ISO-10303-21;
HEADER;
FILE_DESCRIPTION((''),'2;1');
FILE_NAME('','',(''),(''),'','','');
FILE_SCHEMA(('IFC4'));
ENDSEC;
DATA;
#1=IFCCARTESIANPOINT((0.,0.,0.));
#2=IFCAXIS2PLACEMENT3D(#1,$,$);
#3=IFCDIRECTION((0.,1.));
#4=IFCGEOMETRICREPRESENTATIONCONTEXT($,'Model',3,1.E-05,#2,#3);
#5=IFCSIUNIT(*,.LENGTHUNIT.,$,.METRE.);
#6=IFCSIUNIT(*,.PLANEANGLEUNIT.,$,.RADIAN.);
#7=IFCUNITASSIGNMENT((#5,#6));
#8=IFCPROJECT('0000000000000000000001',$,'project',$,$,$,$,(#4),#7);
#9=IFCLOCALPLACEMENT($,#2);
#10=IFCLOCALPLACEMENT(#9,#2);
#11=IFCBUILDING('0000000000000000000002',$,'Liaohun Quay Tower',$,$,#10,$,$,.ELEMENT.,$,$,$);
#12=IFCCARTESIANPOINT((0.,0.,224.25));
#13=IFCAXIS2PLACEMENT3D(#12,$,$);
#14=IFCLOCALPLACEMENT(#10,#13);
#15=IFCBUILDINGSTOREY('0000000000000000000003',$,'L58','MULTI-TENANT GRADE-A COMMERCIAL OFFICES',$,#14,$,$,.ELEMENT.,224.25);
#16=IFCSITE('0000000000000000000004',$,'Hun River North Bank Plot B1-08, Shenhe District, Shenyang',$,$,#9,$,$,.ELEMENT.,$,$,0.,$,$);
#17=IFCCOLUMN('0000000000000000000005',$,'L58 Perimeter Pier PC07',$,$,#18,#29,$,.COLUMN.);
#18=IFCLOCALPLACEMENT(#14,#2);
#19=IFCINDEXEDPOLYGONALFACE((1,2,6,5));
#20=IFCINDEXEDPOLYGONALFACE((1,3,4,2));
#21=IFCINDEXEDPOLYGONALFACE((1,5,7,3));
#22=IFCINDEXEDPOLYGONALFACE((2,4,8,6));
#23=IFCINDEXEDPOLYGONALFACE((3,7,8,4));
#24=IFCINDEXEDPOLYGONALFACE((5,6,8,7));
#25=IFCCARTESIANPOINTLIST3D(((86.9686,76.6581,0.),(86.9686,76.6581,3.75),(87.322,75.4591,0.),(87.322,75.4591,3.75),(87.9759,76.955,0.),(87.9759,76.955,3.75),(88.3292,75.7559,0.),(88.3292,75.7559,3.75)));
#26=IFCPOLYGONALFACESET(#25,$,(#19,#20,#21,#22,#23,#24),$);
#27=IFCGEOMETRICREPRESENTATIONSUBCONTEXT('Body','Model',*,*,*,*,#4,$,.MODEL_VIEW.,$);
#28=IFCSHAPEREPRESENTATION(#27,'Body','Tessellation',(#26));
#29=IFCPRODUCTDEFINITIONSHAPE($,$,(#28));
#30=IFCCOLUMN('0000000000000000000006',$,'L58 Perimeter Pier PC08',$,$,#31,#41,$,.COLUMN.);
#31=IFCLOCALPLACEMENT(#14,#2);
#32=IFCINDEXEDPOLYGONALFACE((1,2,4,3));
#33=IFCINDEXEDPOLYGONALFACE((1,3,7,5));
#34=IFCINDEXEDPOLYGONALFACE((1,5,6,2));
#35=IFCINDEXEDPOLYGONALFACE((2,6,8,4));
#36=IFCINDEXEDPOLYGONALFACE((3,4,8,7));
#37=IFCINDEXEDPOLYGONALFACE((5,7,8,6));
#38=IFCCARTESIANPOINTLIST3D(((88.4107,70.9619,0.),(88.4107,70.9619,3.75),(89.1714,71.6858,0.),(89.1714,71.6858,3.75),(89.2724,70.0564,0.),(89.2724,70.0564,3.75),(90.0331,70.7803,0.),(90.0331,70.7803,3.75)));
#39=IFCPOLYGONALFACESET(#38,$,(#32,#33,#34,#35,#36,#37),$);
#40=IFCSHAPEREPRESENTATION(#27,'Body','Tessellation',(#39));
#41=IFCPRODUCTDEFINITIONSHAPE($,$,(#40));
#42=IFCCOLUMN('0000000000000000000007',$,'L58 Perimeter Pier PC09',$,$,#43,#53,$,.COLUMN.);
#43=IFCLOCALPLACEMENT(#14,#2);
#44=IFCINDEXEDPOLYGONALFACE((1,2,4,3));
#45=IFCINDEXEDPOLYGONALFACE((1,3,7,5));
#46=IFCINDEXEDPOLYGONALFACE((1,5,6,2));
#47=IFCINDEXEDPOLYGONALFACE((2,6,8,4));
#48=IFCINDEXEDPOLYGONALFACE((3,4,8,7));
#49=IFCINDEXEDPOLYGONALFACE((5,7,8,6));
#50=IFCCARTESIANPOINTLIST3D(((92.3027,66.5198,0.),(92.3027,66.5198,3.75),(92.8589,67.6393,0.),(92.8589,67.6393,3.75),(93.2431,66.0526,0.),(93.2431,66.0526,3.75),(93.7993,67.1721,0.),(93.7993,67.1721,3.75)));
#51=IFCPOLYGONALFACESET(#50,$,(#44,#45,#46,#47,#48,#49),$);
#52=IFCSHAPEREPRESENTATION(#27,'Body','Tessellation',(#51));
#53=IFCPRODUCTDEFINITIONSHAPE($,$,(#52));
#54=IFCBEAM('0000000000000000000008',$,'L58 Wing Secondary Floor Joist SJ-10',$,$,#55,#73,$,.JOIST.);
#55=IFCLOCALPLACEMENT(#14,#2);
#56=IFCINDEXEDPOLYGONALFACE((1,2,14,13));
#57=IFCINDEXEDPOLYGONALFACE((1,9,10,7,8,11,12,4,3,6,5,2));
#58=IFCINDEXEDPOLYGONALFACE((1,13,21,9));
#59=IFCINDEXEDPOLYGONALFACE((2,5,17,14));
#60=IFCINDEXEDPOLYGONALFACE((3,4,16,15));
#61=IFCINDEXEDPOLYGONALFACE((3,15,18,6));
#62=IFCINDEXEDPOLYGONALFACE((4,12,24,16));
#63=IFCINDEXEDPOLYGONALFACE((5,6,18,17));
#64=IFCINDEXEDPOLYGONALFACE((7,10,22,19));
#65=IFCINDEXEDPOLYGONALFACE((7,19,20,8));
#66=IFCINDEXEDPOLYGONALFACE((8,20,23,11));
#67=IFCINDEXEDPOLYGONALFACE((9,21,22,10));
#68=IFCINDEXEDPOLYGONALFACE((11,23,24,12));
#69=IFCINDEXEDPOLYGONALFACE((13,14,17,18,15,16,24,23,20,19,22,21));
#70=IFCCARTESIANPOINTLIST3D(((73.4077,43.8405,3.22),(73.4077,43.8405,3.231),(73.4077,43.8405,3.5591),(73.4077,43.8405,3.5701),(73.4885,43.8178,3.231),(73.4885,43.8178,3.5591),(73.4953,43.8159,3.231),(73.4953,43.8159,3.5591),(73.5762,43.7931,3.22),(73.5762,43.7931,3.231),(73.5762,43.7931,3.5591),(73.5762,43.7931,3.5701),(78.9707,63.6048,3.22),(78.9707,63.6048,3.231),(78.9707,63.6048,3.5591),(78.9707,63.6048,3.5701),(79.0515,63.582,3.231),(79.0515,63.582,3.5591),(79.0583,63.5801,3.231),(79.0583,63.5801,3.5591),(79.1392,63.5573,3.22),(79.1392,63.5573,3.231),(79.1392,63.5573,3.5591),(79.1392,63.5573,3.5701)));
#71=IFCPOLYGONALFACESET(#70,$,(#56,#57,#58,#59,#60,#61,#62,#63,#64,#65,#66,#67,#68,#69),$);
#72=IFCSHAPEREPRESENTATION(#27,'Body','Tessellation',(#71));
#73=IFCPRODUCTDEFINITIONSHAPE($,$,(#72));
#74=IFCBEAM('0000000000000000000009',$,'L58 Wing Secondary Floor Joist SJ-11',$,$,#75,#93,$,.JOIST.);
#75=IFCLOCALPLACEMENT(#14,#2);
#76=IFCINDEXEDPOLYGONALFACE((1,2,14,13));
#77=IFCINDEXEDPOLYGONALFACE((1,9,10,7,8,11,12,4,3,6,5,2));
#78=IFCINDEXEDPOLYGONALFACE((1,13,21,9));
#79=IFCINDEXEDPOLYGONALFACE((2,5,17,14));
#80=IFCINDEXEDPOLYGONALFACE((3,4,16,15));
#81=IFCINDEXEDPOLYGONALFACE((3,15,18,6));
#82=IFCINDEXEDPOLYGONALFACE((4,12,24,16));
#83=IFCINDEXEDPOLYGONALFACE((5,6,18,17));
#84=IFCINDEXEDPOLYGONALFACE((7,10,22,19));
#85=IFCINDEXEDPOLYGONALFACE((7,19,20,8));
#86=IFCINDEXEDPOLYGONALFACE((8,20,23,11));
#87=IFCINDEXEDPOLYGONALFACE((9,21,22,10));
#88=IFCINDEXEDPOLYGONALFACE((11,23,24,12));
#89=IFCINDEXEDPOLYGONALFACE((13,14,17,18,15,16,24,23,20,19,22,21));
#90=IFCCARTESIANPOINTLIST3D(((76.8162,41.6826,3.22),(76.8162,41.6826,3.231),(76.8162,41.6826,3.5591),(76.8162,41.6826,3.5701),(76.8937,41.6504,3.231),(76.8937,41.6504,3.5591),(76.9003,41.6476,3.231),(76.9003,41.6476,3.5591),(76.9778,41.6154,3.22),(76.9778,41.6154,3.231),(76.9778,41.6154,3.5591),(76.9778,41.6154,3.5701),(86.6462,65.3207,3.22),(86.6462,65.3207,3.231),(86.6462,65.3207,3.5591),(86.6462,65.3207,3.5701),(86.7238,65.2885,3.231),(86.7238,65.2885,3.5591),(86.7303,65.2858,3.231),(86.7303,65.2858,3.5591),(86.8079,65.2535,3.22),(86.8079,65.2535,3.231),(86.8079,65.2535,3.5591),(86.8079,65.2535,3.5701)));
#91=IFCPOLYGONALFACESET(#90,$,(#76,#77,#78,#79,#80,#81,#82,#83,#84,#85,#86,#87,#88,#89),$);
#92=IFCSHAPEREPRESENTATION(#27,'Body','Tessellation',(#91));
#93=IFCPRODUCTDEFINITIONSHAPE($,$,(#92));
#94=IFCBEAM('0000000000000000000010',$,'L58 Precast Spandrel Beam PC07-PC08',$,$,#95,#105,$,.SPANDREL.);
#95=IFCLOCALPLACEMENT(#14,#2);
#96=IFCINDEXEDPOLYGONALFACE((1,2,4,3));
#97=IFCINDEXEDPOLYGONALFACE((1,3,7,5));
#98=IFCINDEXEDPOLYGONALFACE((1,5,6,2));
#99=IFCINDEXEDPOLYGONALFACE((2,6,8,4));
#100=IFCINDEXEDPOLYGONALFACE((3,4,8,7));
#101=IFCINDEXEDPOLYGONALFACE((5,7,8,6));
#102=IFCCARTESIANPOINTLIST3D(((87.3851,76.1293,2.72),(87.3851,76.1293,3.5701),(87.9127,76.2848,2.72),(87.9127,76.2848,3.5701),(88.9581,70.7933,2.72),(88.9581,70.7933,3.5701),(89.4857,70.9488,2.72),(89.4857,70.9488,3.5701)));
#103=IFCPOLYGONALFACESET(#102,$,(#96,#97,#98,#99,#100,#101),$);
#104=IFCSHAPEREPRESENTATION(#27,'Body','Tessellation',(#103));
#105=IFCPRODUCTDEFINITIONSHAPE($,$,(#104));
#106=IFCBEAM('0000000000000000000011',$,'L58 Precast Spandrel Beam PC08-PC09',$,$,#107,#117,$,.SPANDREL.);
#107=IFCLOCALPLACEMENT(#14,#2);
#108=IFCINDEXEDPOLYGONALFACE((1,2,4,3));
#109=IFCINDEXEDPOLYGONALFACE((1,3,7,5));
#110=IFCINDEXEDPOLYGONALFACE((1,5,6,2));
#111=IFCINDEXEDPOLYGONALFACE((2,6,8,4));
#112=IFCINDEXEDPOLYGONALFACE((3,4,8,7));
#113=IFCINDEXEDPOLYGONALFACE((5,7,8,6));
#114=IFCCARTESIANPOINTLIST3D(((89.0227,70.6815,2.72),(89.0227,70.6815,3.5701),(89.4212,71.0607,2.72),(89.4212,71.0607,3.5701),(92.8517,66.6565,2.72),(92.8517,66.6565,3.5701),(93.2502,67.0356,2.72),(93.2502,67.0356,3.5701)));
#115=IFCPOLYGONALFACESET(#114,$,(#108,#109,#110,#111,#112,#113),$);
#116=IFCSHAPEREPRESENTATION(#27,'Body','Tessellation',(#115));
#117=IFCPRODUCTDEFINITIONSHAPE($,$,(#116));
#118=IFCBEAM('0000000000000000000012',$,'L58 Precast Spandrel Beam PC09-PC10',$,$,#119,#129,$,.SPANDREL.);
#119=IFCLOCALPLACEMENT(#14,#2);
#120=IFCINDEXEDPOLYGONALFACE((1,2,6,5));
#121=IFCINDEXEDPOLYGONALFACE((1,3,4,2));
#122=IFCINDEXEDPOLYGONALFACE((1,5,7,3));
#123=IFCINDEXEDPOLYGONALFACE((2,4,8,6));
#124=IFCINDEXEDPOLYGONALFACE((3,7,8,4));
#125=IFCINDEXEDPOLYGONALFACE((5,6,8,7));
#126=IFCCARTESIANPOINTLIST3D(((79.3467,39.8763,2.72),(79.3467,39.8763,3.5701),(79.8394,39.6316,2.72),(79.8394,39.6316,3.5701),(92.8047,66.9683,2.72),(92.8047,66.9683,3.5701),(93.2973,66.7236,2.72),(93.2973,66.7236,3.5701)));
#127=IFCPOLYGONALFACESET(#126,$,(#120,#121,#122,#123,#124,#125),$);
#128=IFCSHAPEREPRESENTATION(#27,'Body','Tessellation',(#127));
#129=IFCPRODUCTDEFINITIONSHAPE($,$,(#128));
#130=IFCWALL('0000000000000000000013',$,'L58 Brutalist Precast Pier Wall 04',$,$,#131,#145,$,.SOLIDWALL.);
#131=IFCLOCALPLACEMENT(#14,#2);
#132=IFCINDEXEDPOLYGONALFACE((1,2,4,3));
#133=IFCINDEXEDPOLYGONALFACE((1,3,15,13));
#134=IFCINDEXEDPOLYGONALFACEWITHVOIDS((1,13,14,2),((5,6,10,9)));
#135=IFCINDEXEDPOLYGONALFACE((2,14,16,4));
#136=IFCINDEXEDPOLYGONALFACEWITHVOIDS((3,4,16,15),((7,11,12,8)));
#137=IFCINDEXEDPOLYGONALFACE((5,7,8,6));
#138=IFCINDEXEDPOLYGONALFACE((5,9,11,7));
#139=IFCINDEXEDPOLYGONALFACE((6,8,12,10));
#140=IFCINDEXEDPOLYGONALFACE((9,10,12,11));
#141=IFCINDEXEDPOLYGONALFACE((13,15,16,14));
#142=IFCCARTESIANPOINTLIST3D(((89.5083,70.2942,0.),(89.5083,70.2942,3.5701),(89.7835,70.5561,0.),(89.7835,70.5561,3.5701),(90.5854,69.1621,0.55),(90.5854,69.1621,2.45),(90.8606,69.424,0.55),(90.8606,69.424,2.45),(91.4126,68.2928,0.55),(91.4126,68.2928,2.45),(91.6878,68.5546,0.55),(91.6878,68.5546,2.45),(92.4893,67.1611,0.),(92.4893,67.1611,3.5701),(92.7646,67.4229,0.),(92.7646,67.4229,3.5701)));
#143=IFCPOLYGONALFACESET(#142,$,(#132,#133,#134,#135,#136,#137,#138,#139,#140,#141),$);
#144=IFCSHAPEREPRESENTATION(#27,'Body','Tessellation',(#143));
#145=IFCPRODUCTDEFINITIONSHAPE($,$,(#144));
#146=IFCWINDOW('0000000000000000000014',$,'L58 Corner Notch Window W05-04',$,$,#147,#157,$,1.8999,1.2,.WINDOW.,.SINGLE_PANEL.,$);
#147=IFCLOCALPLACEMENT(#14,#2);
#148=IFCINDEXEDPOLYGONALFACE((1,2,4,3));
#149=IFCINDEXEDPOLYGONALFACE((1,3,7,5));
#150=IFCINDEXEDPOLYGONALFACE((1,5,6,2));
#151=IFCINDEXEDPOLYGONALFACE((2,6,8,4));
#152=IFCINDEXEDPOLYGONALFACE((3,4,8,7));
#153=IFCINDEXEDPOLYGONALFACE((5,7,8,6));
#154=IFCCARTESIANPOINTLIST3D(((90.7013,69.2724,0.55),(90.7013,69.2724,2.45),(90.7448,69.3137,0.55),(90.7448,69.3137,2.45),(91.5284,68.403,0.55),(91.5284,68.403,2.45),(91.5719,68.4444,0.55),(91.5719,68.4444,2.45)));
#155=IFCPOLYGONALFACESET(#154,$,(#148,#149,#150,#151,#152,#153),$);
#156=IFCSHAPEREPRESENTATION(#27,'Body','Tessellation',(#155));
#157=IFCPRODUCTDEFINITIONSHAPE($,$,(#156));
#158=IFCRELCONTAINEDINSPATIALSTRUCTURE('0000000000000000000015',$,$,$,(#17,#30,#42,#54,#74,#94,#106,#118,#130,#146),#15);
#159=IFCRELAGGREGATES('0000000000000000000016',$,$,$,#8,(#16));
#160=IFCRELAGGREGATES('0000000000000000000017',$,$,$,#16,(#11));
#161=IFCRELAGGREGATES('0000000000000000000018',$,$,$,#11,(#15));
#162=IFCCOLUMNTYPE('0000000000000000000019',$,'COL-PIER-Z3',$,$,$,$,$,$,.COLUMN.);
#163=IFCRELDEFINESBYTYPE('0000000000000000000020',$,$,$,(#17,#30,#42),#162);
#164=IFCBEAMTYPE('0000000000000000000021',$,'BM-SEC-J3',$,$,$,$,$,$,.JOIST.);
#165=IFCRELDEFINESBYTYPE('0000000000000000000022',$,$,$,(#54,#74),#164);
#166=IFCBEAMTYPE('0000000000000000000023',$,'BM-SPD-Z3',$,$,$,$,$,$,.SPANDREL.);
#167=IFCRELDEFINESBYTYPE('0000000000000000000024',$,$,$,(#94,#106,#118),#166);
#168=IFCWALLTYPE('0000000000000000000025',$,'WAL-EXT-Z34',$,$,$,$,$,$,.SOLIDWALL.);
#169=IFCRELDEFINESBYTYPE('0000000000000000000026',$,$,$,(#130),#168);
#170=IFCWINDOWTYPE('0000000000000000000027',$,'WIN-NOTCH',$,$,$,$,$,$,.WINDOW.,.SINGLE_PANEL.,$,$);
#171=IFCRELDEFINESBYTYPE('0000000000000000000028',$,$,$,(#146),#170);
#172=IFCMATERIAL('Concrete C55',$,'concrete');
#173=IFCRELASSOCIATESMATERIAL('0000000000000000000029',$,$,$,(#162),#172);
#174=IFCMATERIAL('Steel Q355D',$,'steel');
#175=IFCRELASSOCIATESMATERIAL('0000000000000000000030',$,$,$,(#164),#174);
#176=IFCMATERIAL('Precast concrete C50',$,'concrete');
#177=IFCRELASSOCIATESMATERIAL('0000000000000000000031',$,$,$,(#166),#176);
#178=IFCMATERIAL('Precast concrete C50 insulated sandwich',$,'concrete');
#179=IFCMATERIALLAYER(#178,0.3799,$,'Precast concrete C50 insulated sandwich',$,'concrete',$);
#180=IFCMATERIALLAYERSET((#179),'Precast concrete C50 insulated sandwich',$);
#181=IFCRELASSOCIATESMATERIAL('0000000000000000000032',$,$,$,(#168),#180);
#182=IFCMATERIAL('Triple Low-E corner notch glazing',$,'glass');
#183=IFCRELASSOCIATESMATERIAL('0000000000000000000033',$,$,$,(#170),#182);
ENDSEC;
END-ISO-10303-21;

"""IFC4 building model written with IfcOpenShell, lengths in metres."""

from ifc_helpers import new_model, si_unit, direction, frame, frame_2d, origin, origin_2d, place, context, subcontext, project, spatial, rectangle, i_section, extrude, source, transform, mapped, material, layer, layer_set, material_profile, profile_set, type_object, element, fill, save


model = new_model("IFC4")

# Units and contexts
model_context = context("Model", 3, precision=1e-05, world=origin(), true_north=direction((0.0, 1.0)))
body_context = subcontext(model_context, "Body", "Model", "MODEL_VIEW")
ifc_project = project(units=[si_unit("LENGTHUNIT", "METRE"), si_unit("PLANEANGLEUNIT", "RADIAN")], contexts=[model_context])

# Site, building, storey
site_placement = place(None, origin())
site = spatial("IfcSite", under=ifc_project, at=site_placement, Name="Hun River North Bank Plot B1-08, Shenhe District, Shenyang", CompositionType="ELEMENT", RefElevation=0.0)
building_placement = place(site_placement, origin())
building = spatial("IfcBuilding", under=site, at=building_placement, Name="Liaohun Quay Tower", CompositionType="ELEMENT")
storey_placement = place(building_placement, frame((0.0, 0.0, 224.25)))
storey = spatial("IfcBuildingStorey", under=building, at=storey_placement, Name="L58", Description="MULTI-TENANT GRADE-A COMMERCIAL OFFICES", CompositionType="ELEMENT", Elevation=224.25)

# Columns
ifc_material_1 = material(Name="Concrete C55", Category="concrete")
ifc_material_profile_1 = material_profile(ifc_material_1, rectangle(XDim=1.25, YDim=1.05, at=origin_2d()), Name="RC1250x1050")
ifc_profile_set_1 = profile_set([ifc_material_profile_1], Name="Concrete C55")
column_type = type_object("IfcColumnType", Name="COL-PIER-Z3", PredefinedType="COLUMN", material=ifc_profile_set_1)
shared_shape_1 = source(origin(), body_context, "Body", "SweptSolid", [
    extrude(rectangle(XDim=1.25, YDim=1.05, at=origin_2d()), origin(), (0.0, 0.0, 1.0), 3.75),
])
for number, where, z_axis, x_axis, name in (
    (1, (87.6489, 76.207, 0.0), (0.0, 0.0, 1.0), (-0.282676, 0.959215, 0.0), "L58 Perimeter Pier PC07"),
    (2, (89.2219, 70.8711, 0.0), (0.0, 0.0, 1.0), (-0.689367, 0.724413, 0.0), "L58 Perimeter Pier PC08"),
    (3, (93.051, 66.8459, 0.0), (0.0, 0.0, 1.0), (0.444948, 0.895556, 0.0), "L58 Perimeter Pier PC09"),
):
    element("IfcColumn", number, at=place(storey_placement, frame(where, z_axis=z_axis, x_axis=x_axis)), inside=storey, type_object=column_type, Name=name, PredefinedType="COLUMN", context=body_context, shape_type="MappedRepresentation", body=[
        mapped(shared_shape_1, transform((0.0, 0.0, 0.0), x_axis=(1.0, 0.0, 0.0), y_axis=(0.0, 1.0, 0.0), z_axis=(0.0, 0.0, 1.0), scale=1.0)),
    ])

# Beams
ifc_material_2 = material(Name="Steel Q355D", Category="steel")
ifc_material_profile_2 = material_profile(ifc_material_2, i_section(OverallWidth=0.175, OverallDepth=0.3501, WebThickness=0.0071, FlangeThickness=0.011, at=origin_2d()), Name="HN350x175x7x11")
ifc_profile_set_2 = profile_set([ifc_material_profile_2], Name="Steel Q355D")
beam_type_1 = type_object("IfcBeamType", Name="BM-SEC-J3", PredefinedType="JOIST", material=ifc_profile_set_2)
shared_shape_2 = source(origin(), body_context, "Body", "SweptSolid", [
    extrude(i_section(OverallWidth=0.175, OverallDepth=0.3501, WebThickness=0.0071, FlangeThickness=0.011, at=origin_2d()), origin(), (0.0, 0.0, 1.0), 20.5322),
])
beam_1_placement = place(storey_placement, frame((79.0549, 63.5811, 3.395), z_axis=(-0.27094, -0.962596, 0.0), x_axis=(0.962596, -0.27094, 0.0)))
element("IfcBeam", 4, at=beam_1_placement, inside=storey, type_object=beam_type_1, Name="L58 Wing Secondary Floor Joist SJ-10", PredefinedType="JOIST", context=body_context, shape_type="MappedRepresentation", body=[
    mapped(shared_shape_2, transform((0.0, 0.0, 0.0), x_axis=(1.0, 0.0, 0.0), y_axis=(0.0, 1.0, 0.0), z_axis=(0.0, 0.0, 1.0), scale=1.0)),
])
shared_shape_3 = source(origin(), body_context, "Body", "SweptSolid", [
    extrude(i_section(OverallWidth=0.175, OverallDepth=0.3501, WebThickness=0.0071, FlangeThickness=0.011, at=origin_2d()), origin(), (0.0, 0.0, 1.0), 25.6006),
])
beam_2_placement = place(storey_placement, frame((86.7271, 65.2871, 3.395), z_axis=(-0.383977, -0.923342, 0.0), x_axis=(0.923342, -0.383977, 0.0)))
element("IfcBeam", 5, at=beam_2_placement, inside=storey, type_object=beam_type_1, Name="L58 Wing Secondary Floor Joist SJ-11", PredefinedType="JOIST", context=body_context, shape_type="MappedRepresentation", body=[
    mapped(shared_shape_3, transform((0.0, 0.0, 0.0), x_axis=(1.0, 0.0, 0.0), y_axis=(0.0, 1.0, 0.0), z_axis=(0.0, 0.0, 1.0), scale=1.0)),
])
ifc_material_3 = material(Name="Precast concrete C50", Category="concrete")
ifc_material_profile_3 = material_profile(ifc_material_3, rectangle(XDim=0.55, YDim=0.8501, at=origin_2d()), Name="RC550x850")
ifc_profile_set_3 = profile_set([ifc_material_profile_3], Name="Precast concrete C50")
beam_type_2 = type_object("IfcBeamType", Name="BM-SPD-Z3", PredefinedType="SPANDREL", material=ifc_profile_set_3)
shared_shape_4 = source(origin(), body_context, "Body", "SweptSolid", [
    extrude(rectangle(XDim=0.55, YDim=0.8501, at=origin_2d()), origin(), (0.0, 0.0, 1.0), 5.563),
])
beam_3_placement = place(storey_placement, frame((87.6489, 76.207, 3.145), z_axis=(0.282763, -0.95919, 0.0), x_axis=(0.95919, 0.282763, 0.0)))
element("IfcBeam", 6, at=beam_3_placement, inside=storey, type_object=beam_type_2, Name="L58 Precast Spandrel Beam PC07-PC08", PredefinedType="SPANDREL", context=body_context, shape_type="MappedRepresentation", body=[
    mapped(shared_shape_4, transform((0.0, 0.0, 0.0), x_axis=(1.0, 0.0, 0.0), y_axis=(0.0, 1.0, 0.0), z_axis=(0.0, 0.0, 1.0), scale=1.0)),
])
shared_shape_5 = source(origin(), body_context, "Body", "SweptSolid", [
    extrude(rectangle(XDim=0.55, YDim=0.8501, at=origin_2d()), origin(), (0.0, 0.0, 1.0), 5.5554),
])
beam_4_placement = place(storey_placement, frame((89.2219, 70.8711, 3.145), z_axis=(0.689242, -0.724531, 0.0), x_axis=(0.724531, 0.689242, 0.0)))
element("IfcBeam", 7, at=beam_4_placement, inside=storey, type_object=beam_type_2, Name="L58 Precast Spandrel Beam PC08-PC09", PredefinedType="SPANDREL", context=body_context, shape_type="MappedRepresentation", body=[
    mapped(shared_shape_5, transform((0.0, 0.0, 0.0), x_axis=(1.0, 0.0, 0.0), y_axis=(0.0, 1.0, 0.0), z_axis=(0.0, 0.0, 1.0), scale=1.0)),
])
shared_shape_6 = source(origin(), body_context, "Body", "SweptSolid", [
    extrude(rectangle(XDim=0.55, YDim=0.8501, at=origin_2d()), origin(), (0.0, 0.0, 1.0), 30.2505),
])
beam_5_placement = place(storey_placement, frame((93.051, 66.8459, 3.145), z_axis=(-0.444885, -0.895588, 0.0), x_axis=(0.895588, -0.444885, 0.0)))
element("IfcBeam", 8, at=beam_5_placement, inside=storey, type_object=beam_type_2, Name="L58 Precast Spandrel Beam PC09-PC10", PredefinedType="SPANDREL", context=body_context, shape_type="MappedRepresentation", body=[
    mapped(shared_shape_6, transform((0.0, 0.0, 0.0), x_axis=(1.0, 0.0, 0.0), y_axis=(0.0, 1.0, 0.0), z_axis=(0.0, 0.0, 1.0), scale=1.0)),
])

# Wall, opening, window
ifc_material_4 = material(Name="Precast concrete C50 insulated sandwich", Category="concrete")
ifc_layer_1 = layer(ifc_material_4, 0.3799, Name="Precast concrete C50 insulated sandwich", Category="concrete")
ifc_layer_set_1 = layer_set([ifc_layer_1], Name="Precast concrete C50 insulated sandwich")
wall_type_1 = type_object("IfcWallType", Name="WAL-EXT-Z34", PredefinedType="SOLIDWALL", material=ifc_layer_set_1)
wall_1_placement = place(storey_placement, frame((92.627, 67.292, 0.0), z_axis=(0.0, 0.0, 1.0), x_axis=(-0.689303, 0.724473, 0.0)))
wall_1 = element("IfcWall", 9, at=wall_1_placement, inside=storey, type_object=wall_type_1, Name="L58 Brutalist Precast Pier Wall 04", PredefinedType="SOLIDWALL", context=body_context, shape_type="SweptSolid", body=[
    extrude(rectangle(XDim=4.3247, YDim=0.3799, at=frame_2d((2.1624, 0.0))), origin(), (0.0, 0.0, 1.0), 3.5701),
])
shared_shape_7 = source(origin(), body_context, "Body", "SweptSolid", [
    extrude(rectangle(XDim=1.2, YDim=1.8999, at=frame_2d((0.6001, 0.95))), frame((0.0, 0.2, 0.0), z_axis=(0.0, -1.0, 0.0), x_axis=(1.0, 0.0, 0.0)), (0.0, 0.0, 1.0), 0.3999),
])
opening_1_placement = place(wall_1_placement, frame((1.562, 0.0, 0.55)))
opening_1 = element("IfcOpeningElement", 10, at=opening_1_placement, cuts=wall_1, PredefinedType="OPENING", context=body_context, shape_type="MappedRepresentation", body=[
    mapped(shared_shape_7, transform((0.0, 0.0, 0.0), x_axis=(1.0, 0.0, 0.0), y_axis=(0.0, 1.0, 0.0), z_axis=(0.0, 0.0, 1.0), scale=1.0)),
])
ifc_material_5 = material(Name="Triple Low-E corner notch glazing", Category="glass")
window_type_1 = type_object("IfcWindowType", Name="WIN-NOTCH", PartitioningType="SINGLE_PANEL", PredefinedType="WINDOW", material=ifc_material_5)
shared_shape_8 = source(origin(), body_context, "Body", "SweptSolid", [
    extrude(rectangle(XDim=1.2, YDim=1.8999, at=frame_2d((0.6001, 0.95))), frame((0.0, 0.03, 0.0), z_axis=(0.0, -1.0, 0.0), x_axis=(1.0, 0.0, 0.0)), (0.0, 0.0, 1.0), 0.0601),
])
window_1_placement = place(opening_1_placement, origin())
window_1 = element("IfcWindow", 11, at=window_1_placement, inside=storey, type_object=window_type_1, Name="L58 Corner Notch Window W05-04", OverallHeight=1.8999, OverallWidth=1.2, PartitioningType="SINGLE_PANEL", PredefinedType="WINDOW", context=body_context, shape_type="MappedRepresentation", body=[
    mapped(shared_shape_8, transform((0.0, 0.0, 0.0), x_axis=(1.0, 0.0, 0.0), y_axis=(0.0, 1.0, 0.0), z_axis=(0.0, 0.0, 1.0), scale=1.0)),
])
fill(opening_1, window_1)

save(model, "model.ifc")
